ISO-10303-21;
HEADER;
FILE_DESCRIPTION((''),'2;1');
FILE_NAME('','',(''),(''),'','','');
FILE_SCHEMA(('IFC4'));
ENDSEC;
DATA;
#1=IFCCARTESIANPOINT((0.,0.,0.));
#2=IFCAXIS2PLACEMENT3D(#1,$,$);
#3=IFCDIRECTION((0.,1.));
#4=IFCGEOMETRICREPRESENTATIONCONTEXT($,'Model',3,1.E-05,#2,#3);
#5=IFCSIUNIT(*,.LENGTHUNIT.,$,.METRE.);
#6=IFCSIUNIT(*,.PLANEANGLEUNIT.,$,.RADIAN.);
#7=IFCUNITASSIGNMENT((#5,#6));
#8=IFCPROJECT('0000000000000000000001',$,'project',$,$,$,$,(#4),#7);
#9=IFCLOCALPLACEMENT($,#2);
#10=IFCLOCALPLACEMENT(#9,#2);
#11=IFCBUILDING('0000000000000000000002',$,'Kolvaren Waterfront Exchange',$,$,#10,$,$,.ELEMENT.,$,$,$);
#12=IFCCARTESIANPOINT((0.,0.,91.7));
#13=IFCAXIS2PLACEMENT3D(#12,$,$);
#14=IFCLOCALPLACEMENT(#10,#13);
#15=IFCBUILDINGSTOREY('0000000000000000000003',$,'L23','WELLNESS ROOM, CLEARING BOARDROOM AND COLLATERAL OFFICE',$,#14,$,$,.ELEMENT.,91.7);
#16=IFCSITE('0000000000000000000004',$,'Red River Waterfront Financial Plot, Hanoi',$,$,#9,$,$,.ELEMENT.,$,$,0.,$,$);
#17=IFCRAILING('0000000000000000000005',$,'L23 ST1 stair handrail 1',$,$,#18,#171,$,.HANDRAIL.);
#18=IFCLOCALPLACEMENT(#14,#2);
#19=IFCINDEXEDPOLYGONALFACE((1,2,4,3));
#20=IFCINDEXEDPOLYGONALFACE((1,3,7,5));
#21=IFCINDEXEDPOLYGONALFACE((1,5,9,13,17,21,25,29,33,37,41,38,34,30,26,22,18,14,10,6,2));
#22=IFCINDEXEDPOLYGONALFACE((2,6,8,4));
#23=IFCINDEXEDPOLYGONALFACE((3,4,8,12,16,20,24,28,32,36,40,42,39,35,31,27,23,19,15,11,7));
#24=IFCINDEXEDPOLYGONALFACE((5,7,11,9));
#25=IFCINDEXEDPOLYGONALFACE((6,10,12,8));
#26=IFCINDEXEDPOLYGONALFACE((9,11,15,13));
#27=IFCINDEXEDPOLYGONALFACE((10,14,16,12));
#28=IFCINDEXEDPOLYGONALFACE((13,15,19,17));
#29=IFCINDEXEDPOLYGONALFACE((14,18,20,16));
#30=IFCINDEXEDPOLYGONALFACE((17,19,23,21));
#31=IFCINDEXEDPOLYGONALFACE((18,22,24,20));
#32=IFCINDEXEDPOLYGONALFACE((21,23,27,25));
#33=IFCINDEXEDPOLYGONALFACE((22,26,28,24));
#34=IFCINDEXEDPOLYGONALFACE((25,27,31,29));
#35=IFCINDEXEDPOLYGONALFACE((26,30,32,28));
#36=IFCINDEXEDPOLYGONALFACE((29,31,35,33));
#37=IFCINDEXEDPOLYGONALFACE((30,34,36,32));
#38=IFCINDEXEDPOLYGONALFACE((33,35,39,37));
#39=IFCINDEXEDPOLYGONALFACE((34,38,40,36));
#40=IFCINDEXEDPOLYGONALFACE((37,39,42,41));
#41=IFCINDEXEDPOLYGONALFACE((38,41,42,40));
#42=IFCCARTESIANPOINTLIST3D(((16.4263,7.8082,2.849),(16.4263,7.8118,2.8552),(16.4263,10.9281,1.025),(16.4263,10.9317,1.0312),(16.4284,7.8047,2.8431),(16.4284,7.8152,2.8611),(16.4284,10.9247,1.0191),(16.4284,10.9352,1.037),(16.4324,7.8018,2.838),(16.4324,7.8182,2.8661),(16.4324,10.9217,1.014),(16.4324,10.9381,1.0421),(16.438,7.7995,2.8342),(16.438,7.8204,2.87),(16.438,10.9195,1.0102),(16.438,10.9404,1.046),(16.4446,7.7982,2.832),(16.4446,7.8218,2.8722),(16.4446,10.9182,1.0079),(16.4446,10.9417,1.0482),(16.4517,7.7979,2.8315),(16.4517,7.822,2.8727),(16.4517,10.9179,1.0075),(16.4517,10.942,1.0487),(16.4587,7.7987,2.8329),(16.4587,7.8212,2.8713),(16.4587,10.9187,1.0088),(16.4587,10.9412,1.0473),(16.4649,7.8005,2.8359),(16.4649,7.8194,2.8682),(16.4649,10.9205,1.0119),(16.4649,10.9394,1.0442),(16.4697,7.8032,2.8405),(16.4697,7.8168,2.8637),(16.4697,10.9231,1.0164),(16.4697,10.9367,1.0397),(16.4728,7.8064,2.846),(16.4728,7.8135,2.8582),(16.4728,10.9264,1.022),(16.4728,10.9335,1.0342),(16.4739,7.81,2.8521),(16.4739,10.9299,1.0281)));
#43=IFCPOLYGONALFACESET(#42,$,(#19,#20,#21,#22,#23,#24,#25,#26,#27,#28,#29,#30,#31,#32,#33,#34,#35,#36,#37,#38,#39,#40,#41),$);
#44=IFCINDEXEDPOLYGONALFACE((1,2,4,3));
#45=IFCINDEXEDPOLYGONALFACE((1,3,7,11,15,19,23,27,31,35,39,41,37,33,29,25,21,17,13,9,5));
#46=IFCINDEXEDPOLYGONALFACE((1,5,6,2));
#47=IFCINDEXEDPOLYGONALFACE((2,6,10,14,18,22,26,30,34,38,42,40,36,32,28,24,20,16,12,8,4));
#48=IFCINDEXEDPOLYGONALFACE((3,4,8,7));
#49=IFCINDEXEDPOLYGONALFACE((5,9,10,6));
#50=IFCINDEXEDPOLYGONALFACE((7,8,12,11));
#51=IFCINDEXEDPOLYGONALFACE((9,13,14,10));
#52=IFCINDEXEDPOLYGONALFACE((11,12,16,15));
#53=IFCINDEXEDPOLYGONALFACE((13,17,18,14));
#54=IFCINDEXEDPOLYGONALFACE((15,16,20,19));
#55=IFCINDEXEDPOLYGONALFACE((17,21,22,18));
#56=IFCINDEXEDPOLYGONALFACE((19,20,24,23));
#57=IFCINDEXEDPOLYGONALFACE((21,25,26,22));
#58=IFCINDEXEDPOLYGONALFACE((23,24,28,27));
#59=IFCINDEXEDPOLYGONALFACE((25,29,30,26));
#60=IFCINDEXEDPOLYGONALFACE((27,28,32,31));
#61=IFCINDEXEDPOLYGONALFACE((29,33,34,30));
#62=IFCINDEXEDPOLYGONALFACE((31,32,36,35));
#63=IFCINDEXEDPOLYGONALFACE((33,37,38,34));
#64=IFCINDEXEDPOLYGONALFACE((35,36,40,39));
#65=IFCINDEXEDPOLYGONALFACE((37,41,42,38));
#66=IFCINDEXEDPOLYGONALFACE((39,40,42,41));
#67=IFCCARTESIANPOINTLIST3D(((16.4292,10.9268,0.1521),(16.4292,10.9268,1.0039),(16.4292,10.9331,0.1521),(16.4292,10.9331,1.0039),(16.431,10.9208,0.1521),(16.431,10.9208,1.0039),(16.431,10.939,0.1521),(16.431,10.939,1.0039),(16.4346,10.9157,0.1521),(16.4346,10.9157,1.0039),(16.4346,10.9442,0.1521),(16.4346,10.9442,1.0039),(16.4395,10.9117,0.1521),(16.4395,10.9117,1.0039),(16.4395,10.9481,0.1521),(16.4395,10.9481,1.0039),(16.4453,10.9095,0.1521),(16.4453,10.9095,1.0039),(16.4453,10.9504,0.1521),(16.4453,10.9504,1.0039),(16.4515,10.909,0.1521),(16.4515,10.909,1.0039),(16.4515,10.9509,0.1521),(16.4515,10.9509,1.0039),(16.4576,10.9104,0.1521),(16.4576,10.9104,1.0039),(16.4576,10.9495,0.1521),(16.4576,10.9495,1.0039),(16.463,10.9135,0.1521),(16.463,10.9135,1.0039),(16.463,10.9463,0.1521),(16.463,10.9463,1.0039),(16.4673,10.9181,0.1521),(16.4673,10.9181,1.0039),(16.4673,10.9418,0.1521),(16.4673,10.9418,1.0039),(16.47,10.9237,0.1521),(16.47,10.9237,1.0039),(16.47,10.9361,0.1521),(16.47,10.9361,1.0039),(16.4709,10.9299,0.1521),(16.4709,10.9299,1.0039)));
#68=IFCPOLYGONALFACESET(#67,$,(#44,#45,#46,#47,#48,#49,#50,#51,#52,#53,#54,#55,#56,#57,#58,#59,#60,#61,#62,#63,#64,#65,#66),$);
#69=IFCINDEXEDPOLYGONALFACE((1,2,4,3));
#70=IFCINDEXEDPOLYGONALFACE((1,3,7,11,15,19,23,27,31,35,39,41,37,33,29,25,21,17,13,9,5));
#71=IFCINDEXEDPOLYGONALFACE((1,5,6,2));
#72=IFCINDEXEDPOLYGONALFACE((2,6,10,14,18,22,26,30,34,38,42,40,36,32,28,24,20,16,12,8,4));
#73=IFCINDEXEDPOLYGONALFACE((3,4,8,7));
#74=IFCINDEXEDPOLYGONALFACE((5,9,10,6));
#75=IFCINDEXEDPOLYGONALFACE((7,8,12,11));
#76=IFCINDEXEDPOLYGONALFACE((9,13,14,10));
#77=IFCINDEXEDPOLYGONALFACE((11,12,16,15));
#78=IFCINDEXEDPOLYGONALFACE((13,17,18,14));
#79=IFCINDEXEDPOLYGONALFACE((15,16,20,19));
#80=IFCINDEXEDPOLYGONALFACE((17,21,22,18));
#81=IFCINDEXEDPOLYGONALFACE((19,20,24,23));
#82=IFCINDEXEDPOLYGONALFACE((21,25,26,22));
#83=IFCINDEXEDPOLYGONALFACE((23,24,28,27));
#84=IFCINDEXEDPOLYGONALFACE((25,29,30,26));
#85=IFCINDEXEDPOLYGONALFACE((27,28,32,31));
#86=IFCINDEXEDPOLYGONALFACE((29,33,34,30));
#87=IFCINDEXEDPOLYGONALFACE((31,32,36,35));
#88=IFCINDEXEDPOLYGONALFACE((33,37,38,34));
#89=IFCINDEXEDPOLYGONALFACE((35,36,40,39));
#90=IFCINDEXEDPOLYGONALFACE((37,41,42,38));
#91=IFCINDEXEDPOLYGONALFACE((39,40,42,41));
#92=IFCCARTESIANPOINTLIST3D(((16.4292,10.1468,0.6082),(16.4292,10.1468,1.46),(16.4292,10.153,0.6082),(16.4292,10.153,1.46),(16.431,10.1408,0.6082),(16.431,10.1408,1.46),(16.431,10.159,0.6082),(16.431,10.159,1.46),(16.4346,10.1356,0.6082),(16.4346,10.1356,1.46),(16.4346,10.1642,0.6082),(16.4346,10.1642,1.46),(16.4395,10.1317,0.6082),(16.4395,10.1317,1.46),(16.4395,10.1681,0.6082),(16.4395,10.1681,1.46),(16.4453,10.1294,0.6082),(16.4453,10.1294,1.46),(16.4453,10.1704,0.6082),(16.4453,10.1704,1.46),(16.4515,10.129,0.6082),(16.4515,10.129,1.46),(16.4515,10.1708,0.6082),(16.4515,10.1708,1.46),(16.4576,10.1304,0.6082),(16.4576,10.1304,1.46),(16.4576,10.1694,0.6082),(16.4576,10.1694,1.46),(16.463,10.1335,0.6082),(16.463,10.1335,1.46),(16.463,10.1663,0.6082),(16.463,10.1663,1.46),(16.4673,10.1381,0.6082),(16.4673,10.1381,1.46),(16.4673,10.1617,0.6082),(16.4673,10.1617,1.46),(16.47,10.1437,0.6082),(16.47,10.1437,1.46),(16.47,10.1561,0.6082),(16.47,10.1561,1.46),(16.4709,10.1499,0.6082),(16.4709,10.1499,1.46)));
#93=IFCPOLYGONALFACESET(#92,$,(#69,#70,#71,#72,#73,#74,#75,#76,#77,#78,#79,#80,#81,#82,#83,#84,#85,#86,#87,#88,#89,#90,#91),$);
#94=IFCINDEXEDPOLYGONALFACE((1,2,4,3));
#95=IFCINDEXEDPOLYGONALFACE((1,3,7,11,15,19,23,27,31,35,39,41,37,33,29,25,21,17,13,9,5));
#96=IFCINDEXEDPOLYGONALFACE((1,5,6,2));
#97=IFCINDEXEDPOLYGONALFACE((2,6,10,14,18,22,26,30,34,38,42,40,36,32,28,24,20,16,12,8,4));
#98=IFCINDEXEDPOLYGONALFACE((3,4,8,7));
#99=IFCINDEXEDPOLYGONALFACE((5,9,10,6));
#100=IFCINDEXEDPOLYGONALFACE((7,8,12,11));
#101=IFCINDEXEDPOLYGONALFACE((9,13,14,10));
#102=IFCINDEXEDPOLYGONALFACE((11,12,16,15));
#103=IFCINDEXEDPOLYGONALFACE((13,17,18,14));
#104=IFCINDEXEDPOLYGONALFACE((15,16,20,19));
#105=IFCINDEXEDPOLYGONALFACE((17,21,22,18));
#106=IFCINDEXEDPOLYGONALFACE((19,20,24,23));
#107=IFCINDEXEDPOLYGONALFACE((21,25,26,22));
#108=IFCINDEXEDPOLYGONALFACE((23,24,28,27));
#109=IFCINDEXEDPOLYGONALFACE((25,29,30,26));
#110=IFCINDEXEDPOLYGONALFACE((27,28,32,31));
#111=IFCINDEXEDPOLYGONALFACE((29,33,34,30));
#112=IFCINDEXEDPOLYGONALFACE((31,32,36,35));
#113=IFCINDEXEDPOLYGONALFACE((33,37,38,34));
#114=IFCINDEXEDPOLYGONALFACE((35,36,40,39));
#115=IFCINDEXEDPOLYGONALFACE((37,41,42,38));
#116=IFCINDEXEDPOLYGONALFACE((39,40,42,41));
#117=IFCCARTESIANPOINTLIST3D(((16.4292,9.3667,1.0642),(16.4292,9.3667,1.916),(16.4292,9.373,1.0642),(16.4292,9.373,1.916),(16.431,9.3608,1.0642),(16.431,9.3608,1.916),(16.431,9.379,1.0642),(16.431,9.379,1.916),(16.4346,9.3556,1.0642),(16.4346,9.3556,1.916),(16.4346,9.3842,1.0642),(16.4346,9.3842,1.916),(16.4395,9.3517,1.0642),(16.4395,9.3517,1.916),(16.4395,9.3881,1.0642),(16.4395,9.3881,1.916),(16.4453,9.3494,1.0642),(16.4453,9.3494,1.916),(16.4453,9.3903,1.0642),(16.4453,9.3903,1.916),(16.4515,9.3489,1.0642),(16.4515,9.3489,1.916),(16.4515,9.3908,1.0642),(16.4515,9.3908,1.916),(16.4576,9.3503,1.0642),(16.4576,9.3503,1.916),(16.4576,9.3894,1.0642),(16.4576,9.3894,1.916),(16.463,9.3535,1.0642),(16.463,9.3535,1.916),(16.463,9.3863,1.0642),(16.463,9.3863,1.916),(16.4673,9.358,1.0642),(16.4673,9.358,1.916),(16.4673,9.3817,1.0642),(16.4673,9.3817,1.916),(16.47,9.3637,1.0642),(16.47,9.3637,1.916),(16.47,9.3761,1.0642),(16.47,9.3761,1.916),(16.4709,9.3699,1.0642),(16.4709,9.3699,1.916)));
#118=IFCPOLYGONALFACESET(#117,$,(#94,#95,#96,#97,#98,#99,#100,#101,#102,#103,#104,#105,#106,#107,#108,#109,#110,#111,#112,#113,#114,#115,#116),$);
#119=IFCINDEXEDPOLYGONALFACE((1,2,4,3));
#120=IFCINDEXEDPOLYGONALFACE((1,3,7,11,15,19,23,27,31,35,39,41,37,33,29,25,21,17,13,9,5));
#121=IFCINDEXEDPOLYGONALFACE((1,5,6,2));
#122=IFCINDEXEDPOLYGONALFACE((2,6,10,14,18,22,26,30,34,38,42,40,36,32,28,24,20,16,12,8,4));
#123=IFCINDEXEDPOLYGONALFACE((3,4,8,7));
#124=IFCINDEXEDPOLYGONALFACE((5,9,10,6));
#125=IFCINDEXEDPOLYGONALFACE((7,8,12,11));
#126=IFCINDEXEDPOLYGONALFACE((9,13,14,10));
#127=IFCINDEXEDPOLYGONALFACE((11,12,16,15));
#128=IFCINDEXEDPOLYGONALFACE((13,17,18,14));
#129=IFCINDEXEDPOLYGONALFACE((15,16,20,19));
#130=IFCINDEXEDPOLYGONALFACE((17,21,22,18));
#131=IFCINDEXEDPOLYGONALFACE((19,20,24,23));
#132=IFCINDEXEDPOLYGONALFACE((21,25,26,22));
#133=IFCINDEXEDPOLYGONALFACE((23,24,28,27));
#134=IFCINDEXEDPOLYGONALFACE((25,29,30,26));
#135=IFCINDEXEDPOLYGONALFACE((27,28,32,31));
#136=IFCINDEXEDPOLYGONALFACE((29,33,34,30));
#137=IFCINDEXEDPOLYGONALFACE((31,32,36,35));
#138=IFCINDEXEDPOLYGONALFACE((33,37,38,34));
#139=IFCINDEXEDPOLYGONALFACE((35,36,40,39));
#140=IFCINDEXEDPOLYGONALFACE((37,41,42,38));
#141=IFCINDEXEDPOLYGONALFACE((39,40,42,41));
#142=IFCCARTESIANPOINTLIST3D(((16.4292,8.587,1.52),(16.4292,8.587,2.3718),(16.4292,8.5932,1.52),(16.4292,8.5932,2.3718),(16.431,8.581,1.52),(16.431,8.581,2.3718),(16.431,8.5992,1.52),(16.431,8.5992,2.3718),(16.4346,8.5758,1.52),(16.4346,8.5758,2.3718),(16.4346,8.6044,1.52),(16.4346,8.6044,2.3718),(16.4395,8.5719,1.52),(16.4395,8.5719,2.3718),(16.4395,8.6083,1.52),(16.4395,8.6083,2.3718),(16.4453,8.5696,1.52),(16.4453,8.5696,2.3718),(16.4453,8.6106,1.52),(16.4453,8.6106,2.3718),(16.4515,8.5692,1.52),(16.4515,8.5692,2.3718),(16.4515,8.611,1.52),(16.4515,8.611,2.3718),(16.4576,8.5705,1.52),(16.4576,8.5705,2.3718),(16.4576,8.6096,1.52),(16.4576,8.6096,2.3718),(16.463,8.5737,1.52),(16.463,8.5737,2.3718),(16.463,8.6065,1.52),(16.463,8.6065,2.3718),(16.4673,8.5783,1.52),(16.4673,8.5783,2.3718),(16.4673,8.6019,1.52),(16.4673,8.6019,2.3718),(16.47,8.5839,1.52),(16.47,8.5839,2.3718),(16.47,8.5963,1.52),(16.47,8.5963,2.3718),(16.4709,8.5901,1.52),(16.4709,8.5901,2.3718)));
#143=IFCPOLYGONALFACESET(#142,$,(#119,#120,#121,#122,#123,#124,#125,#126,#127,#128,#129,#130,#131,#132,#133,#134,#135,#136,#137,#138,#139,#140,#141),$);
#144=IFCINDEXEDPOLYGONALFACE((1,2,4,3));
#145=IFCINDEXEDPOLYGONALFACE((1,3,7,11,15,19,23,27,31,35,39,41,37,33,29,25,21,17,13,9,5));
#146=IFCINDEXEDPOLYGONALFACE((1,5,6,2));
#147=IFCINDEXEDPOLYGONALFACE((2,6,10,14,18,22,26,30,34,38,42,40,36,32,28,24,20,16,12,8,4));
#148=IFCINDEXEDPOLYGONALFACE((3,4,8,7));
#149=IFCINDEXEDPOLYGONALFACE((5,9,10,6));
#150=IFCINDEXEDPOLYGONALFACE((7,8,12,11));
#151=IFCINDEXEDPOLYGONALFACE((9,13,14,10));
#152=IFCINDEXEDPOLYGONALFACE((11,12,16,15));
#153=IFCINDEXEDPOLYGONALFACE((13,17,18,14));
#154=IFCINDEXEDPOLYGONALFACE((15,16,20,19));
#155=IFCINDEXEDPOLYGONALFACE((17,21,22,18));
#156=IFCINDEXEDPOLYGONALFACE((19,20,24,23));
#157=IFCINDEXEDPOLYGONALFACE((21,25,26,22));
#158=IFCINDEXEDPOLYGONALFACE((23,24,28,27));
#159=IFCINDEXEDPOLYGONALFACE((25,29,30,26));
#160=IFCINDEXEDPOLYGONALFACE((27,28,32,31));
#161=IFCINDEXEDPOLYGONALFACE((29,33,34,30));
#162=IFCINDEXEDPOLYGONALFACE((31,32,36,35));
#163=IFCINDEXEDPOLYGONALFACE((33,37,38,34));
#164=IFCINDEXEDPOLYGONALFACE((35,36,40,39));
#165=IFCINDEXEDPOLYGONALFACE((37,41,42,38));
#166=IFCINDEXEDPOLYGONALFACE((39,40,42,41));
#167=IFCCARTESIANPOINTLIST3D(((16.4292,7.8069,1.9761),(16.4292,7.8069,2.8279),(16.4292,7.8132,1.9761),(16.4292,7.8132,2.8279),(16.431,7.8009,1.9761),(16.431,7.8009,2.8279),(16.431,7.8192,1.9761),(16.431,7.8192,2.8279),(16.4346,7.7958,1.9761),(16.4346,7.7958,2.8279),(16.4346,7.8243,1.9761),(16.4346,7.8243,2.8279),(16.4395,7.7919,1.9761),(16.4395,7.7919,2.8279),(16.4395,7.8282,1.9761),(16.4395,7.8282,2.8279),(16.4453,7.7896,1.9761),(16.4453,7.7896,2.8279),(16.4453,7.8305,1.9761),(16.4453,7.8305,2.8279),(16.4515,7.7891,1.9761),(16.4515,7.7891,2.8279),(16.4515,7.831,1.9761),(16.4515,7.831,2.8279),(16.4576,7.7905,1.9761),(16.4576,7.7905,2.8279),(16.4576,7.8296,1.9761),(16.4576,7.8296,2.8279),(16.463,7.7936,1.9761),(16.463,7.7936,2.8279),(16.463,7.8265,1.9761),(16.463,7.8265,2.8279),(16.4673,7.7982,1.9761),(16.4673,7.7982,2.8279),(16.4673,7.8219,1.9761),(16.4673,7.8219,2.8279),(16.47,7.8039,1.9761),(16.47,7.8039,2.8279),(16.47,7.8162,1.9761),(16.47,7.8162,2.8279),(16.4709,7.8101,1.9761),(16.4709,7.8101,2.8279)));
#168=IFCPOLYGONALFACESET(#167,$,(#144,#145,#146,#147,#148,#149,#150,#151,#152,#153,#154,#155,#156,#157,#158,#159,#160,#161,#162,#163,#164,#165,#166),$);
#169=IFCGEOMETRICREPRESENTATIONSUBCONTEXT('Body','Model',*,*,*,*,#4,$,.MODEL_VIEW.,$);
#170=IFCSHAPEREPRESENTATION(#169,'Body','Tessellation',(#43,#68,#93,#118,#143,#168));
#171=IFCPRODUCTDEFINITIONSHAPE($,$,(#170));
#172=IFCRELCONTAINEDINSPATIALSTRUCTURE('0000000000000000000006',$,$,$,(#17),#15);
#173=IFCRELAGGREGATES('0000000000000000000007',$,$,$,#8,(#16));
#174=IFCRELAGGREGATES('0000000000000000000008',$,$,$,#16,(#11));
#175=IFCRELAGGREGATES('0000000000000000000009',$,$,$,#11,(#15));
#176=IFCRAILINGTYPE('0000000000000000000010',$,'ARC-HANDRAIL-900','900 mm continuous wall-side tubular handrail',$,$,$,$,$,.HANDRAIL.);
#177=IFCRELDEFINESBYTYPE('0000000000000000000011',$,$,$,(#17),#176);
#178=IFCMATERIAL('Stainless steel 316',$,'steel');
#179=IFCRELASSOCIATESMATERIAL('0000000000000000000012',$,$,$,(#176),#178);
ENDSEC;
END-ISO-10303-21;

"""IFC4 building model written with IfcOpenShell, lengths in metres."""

from ifc_helpers import new_model, si_unit, direction, frame, origin, origin_2d, place, context, subcontext, project, spatial, circle, extrude, material, type_object, element, save


model = new_model("IFC4")

# Units and contexts
model_context = context("Model", 3, precision=1e-05, world=origin(), true_north=direction((0.0, 1.0)))
body_context = subcontext(model_context, "Body", "Model", "MODEL_VIEW")
ifc_project = project(units=[si_unit("LENGTHUNIT", "METRE"), si_unit("PLANEANGLEUNIT", "RADIAN")], contexts=[model_context])

# Site, building, storey
site_placement = place(None, origin())
site = spatial("IfcSite", under=ifc_project, at=site_placement, Name="Red River Waterfront Financial Plot, Hanoi", CompositionType="ELEMENT", RefElevation=0.0)
building_placement = place(site_placement, origin())
building = spatial("IfcBuilding", under=site, at=building_placement, Name="Kolvaren Waterfront Exchange", CompositionType="ELEMENT")
storey_placement = place(building_placement, frame((0.0, 0.0, 91.7)))
storey = spatial("IfcBuildingStorey", under=building, at=storey_placement, Name="L23", Description="WELLNESS ROOM, CLEARING BOARDROOM AND COLLATERAL OFFICE", CompositionType="ELEMENT", Elevation=91.7)

# Railing
ifc_material_1 = material(Name="Stainless steel 316", Category="steel")
railing_type_1 = type_object("IfcRailingType", Name="ARC-HANDRAIL-900", Description="900 mm continuous wall-side tubular handrail", PredefinedType="HANDRAIL", material=ifc_material_1)
railing_1_placement = place(storey_placement, frame((16.45, 10.9299, 0.1521)))
element("IfcRailing", 1, at=railing_1_placement, inside=storey, type_object=railing_type_1, Name="L23 ST1 stair handrail 1", PredefinedType="HANDRAIL", context=body_context, shape_type="SweptSolid", body=[
    extrude(circle(Radius=0.0239, at=origin_2d()), frame((0.0, 0.0, 0.876), z_axis=(0.0, -0.863291, 0.504707), x_axis=(1.0, 0.0, 0.0)), (0.0, 0.0, 1.0), 3.614),
    extrude(circle(Radius=0.021, at=origin_2d()), origin(), (0.0, 0.0, 1.0), 0.8518),
    extrude(circle(Radius=0.021, at=origin_2d()), frame((0.0, -0.78, 0.4561)), (0.0, 0.0, 1.0), 0.8518),
    extrude(circle(Radius=0.021, at=origin_2d()), frame((0.0, -1.5601, 0.9121)), (0.0, 0.0, 1.0), 0.8518),
    extrude(circle(Radius=0.021, at=origin_2d()), frame((0.0, -2.3398, 1.3679)), (0.0, 0.0, 1.0), 0.8518),
    extrude(circle(Radius=0.021, at=origin_2d()), frame((0.0, -3.1199, 1.824)), (0.0, 0.0, 1.0), 0.8518),
])

save(model, "model.ifc")
